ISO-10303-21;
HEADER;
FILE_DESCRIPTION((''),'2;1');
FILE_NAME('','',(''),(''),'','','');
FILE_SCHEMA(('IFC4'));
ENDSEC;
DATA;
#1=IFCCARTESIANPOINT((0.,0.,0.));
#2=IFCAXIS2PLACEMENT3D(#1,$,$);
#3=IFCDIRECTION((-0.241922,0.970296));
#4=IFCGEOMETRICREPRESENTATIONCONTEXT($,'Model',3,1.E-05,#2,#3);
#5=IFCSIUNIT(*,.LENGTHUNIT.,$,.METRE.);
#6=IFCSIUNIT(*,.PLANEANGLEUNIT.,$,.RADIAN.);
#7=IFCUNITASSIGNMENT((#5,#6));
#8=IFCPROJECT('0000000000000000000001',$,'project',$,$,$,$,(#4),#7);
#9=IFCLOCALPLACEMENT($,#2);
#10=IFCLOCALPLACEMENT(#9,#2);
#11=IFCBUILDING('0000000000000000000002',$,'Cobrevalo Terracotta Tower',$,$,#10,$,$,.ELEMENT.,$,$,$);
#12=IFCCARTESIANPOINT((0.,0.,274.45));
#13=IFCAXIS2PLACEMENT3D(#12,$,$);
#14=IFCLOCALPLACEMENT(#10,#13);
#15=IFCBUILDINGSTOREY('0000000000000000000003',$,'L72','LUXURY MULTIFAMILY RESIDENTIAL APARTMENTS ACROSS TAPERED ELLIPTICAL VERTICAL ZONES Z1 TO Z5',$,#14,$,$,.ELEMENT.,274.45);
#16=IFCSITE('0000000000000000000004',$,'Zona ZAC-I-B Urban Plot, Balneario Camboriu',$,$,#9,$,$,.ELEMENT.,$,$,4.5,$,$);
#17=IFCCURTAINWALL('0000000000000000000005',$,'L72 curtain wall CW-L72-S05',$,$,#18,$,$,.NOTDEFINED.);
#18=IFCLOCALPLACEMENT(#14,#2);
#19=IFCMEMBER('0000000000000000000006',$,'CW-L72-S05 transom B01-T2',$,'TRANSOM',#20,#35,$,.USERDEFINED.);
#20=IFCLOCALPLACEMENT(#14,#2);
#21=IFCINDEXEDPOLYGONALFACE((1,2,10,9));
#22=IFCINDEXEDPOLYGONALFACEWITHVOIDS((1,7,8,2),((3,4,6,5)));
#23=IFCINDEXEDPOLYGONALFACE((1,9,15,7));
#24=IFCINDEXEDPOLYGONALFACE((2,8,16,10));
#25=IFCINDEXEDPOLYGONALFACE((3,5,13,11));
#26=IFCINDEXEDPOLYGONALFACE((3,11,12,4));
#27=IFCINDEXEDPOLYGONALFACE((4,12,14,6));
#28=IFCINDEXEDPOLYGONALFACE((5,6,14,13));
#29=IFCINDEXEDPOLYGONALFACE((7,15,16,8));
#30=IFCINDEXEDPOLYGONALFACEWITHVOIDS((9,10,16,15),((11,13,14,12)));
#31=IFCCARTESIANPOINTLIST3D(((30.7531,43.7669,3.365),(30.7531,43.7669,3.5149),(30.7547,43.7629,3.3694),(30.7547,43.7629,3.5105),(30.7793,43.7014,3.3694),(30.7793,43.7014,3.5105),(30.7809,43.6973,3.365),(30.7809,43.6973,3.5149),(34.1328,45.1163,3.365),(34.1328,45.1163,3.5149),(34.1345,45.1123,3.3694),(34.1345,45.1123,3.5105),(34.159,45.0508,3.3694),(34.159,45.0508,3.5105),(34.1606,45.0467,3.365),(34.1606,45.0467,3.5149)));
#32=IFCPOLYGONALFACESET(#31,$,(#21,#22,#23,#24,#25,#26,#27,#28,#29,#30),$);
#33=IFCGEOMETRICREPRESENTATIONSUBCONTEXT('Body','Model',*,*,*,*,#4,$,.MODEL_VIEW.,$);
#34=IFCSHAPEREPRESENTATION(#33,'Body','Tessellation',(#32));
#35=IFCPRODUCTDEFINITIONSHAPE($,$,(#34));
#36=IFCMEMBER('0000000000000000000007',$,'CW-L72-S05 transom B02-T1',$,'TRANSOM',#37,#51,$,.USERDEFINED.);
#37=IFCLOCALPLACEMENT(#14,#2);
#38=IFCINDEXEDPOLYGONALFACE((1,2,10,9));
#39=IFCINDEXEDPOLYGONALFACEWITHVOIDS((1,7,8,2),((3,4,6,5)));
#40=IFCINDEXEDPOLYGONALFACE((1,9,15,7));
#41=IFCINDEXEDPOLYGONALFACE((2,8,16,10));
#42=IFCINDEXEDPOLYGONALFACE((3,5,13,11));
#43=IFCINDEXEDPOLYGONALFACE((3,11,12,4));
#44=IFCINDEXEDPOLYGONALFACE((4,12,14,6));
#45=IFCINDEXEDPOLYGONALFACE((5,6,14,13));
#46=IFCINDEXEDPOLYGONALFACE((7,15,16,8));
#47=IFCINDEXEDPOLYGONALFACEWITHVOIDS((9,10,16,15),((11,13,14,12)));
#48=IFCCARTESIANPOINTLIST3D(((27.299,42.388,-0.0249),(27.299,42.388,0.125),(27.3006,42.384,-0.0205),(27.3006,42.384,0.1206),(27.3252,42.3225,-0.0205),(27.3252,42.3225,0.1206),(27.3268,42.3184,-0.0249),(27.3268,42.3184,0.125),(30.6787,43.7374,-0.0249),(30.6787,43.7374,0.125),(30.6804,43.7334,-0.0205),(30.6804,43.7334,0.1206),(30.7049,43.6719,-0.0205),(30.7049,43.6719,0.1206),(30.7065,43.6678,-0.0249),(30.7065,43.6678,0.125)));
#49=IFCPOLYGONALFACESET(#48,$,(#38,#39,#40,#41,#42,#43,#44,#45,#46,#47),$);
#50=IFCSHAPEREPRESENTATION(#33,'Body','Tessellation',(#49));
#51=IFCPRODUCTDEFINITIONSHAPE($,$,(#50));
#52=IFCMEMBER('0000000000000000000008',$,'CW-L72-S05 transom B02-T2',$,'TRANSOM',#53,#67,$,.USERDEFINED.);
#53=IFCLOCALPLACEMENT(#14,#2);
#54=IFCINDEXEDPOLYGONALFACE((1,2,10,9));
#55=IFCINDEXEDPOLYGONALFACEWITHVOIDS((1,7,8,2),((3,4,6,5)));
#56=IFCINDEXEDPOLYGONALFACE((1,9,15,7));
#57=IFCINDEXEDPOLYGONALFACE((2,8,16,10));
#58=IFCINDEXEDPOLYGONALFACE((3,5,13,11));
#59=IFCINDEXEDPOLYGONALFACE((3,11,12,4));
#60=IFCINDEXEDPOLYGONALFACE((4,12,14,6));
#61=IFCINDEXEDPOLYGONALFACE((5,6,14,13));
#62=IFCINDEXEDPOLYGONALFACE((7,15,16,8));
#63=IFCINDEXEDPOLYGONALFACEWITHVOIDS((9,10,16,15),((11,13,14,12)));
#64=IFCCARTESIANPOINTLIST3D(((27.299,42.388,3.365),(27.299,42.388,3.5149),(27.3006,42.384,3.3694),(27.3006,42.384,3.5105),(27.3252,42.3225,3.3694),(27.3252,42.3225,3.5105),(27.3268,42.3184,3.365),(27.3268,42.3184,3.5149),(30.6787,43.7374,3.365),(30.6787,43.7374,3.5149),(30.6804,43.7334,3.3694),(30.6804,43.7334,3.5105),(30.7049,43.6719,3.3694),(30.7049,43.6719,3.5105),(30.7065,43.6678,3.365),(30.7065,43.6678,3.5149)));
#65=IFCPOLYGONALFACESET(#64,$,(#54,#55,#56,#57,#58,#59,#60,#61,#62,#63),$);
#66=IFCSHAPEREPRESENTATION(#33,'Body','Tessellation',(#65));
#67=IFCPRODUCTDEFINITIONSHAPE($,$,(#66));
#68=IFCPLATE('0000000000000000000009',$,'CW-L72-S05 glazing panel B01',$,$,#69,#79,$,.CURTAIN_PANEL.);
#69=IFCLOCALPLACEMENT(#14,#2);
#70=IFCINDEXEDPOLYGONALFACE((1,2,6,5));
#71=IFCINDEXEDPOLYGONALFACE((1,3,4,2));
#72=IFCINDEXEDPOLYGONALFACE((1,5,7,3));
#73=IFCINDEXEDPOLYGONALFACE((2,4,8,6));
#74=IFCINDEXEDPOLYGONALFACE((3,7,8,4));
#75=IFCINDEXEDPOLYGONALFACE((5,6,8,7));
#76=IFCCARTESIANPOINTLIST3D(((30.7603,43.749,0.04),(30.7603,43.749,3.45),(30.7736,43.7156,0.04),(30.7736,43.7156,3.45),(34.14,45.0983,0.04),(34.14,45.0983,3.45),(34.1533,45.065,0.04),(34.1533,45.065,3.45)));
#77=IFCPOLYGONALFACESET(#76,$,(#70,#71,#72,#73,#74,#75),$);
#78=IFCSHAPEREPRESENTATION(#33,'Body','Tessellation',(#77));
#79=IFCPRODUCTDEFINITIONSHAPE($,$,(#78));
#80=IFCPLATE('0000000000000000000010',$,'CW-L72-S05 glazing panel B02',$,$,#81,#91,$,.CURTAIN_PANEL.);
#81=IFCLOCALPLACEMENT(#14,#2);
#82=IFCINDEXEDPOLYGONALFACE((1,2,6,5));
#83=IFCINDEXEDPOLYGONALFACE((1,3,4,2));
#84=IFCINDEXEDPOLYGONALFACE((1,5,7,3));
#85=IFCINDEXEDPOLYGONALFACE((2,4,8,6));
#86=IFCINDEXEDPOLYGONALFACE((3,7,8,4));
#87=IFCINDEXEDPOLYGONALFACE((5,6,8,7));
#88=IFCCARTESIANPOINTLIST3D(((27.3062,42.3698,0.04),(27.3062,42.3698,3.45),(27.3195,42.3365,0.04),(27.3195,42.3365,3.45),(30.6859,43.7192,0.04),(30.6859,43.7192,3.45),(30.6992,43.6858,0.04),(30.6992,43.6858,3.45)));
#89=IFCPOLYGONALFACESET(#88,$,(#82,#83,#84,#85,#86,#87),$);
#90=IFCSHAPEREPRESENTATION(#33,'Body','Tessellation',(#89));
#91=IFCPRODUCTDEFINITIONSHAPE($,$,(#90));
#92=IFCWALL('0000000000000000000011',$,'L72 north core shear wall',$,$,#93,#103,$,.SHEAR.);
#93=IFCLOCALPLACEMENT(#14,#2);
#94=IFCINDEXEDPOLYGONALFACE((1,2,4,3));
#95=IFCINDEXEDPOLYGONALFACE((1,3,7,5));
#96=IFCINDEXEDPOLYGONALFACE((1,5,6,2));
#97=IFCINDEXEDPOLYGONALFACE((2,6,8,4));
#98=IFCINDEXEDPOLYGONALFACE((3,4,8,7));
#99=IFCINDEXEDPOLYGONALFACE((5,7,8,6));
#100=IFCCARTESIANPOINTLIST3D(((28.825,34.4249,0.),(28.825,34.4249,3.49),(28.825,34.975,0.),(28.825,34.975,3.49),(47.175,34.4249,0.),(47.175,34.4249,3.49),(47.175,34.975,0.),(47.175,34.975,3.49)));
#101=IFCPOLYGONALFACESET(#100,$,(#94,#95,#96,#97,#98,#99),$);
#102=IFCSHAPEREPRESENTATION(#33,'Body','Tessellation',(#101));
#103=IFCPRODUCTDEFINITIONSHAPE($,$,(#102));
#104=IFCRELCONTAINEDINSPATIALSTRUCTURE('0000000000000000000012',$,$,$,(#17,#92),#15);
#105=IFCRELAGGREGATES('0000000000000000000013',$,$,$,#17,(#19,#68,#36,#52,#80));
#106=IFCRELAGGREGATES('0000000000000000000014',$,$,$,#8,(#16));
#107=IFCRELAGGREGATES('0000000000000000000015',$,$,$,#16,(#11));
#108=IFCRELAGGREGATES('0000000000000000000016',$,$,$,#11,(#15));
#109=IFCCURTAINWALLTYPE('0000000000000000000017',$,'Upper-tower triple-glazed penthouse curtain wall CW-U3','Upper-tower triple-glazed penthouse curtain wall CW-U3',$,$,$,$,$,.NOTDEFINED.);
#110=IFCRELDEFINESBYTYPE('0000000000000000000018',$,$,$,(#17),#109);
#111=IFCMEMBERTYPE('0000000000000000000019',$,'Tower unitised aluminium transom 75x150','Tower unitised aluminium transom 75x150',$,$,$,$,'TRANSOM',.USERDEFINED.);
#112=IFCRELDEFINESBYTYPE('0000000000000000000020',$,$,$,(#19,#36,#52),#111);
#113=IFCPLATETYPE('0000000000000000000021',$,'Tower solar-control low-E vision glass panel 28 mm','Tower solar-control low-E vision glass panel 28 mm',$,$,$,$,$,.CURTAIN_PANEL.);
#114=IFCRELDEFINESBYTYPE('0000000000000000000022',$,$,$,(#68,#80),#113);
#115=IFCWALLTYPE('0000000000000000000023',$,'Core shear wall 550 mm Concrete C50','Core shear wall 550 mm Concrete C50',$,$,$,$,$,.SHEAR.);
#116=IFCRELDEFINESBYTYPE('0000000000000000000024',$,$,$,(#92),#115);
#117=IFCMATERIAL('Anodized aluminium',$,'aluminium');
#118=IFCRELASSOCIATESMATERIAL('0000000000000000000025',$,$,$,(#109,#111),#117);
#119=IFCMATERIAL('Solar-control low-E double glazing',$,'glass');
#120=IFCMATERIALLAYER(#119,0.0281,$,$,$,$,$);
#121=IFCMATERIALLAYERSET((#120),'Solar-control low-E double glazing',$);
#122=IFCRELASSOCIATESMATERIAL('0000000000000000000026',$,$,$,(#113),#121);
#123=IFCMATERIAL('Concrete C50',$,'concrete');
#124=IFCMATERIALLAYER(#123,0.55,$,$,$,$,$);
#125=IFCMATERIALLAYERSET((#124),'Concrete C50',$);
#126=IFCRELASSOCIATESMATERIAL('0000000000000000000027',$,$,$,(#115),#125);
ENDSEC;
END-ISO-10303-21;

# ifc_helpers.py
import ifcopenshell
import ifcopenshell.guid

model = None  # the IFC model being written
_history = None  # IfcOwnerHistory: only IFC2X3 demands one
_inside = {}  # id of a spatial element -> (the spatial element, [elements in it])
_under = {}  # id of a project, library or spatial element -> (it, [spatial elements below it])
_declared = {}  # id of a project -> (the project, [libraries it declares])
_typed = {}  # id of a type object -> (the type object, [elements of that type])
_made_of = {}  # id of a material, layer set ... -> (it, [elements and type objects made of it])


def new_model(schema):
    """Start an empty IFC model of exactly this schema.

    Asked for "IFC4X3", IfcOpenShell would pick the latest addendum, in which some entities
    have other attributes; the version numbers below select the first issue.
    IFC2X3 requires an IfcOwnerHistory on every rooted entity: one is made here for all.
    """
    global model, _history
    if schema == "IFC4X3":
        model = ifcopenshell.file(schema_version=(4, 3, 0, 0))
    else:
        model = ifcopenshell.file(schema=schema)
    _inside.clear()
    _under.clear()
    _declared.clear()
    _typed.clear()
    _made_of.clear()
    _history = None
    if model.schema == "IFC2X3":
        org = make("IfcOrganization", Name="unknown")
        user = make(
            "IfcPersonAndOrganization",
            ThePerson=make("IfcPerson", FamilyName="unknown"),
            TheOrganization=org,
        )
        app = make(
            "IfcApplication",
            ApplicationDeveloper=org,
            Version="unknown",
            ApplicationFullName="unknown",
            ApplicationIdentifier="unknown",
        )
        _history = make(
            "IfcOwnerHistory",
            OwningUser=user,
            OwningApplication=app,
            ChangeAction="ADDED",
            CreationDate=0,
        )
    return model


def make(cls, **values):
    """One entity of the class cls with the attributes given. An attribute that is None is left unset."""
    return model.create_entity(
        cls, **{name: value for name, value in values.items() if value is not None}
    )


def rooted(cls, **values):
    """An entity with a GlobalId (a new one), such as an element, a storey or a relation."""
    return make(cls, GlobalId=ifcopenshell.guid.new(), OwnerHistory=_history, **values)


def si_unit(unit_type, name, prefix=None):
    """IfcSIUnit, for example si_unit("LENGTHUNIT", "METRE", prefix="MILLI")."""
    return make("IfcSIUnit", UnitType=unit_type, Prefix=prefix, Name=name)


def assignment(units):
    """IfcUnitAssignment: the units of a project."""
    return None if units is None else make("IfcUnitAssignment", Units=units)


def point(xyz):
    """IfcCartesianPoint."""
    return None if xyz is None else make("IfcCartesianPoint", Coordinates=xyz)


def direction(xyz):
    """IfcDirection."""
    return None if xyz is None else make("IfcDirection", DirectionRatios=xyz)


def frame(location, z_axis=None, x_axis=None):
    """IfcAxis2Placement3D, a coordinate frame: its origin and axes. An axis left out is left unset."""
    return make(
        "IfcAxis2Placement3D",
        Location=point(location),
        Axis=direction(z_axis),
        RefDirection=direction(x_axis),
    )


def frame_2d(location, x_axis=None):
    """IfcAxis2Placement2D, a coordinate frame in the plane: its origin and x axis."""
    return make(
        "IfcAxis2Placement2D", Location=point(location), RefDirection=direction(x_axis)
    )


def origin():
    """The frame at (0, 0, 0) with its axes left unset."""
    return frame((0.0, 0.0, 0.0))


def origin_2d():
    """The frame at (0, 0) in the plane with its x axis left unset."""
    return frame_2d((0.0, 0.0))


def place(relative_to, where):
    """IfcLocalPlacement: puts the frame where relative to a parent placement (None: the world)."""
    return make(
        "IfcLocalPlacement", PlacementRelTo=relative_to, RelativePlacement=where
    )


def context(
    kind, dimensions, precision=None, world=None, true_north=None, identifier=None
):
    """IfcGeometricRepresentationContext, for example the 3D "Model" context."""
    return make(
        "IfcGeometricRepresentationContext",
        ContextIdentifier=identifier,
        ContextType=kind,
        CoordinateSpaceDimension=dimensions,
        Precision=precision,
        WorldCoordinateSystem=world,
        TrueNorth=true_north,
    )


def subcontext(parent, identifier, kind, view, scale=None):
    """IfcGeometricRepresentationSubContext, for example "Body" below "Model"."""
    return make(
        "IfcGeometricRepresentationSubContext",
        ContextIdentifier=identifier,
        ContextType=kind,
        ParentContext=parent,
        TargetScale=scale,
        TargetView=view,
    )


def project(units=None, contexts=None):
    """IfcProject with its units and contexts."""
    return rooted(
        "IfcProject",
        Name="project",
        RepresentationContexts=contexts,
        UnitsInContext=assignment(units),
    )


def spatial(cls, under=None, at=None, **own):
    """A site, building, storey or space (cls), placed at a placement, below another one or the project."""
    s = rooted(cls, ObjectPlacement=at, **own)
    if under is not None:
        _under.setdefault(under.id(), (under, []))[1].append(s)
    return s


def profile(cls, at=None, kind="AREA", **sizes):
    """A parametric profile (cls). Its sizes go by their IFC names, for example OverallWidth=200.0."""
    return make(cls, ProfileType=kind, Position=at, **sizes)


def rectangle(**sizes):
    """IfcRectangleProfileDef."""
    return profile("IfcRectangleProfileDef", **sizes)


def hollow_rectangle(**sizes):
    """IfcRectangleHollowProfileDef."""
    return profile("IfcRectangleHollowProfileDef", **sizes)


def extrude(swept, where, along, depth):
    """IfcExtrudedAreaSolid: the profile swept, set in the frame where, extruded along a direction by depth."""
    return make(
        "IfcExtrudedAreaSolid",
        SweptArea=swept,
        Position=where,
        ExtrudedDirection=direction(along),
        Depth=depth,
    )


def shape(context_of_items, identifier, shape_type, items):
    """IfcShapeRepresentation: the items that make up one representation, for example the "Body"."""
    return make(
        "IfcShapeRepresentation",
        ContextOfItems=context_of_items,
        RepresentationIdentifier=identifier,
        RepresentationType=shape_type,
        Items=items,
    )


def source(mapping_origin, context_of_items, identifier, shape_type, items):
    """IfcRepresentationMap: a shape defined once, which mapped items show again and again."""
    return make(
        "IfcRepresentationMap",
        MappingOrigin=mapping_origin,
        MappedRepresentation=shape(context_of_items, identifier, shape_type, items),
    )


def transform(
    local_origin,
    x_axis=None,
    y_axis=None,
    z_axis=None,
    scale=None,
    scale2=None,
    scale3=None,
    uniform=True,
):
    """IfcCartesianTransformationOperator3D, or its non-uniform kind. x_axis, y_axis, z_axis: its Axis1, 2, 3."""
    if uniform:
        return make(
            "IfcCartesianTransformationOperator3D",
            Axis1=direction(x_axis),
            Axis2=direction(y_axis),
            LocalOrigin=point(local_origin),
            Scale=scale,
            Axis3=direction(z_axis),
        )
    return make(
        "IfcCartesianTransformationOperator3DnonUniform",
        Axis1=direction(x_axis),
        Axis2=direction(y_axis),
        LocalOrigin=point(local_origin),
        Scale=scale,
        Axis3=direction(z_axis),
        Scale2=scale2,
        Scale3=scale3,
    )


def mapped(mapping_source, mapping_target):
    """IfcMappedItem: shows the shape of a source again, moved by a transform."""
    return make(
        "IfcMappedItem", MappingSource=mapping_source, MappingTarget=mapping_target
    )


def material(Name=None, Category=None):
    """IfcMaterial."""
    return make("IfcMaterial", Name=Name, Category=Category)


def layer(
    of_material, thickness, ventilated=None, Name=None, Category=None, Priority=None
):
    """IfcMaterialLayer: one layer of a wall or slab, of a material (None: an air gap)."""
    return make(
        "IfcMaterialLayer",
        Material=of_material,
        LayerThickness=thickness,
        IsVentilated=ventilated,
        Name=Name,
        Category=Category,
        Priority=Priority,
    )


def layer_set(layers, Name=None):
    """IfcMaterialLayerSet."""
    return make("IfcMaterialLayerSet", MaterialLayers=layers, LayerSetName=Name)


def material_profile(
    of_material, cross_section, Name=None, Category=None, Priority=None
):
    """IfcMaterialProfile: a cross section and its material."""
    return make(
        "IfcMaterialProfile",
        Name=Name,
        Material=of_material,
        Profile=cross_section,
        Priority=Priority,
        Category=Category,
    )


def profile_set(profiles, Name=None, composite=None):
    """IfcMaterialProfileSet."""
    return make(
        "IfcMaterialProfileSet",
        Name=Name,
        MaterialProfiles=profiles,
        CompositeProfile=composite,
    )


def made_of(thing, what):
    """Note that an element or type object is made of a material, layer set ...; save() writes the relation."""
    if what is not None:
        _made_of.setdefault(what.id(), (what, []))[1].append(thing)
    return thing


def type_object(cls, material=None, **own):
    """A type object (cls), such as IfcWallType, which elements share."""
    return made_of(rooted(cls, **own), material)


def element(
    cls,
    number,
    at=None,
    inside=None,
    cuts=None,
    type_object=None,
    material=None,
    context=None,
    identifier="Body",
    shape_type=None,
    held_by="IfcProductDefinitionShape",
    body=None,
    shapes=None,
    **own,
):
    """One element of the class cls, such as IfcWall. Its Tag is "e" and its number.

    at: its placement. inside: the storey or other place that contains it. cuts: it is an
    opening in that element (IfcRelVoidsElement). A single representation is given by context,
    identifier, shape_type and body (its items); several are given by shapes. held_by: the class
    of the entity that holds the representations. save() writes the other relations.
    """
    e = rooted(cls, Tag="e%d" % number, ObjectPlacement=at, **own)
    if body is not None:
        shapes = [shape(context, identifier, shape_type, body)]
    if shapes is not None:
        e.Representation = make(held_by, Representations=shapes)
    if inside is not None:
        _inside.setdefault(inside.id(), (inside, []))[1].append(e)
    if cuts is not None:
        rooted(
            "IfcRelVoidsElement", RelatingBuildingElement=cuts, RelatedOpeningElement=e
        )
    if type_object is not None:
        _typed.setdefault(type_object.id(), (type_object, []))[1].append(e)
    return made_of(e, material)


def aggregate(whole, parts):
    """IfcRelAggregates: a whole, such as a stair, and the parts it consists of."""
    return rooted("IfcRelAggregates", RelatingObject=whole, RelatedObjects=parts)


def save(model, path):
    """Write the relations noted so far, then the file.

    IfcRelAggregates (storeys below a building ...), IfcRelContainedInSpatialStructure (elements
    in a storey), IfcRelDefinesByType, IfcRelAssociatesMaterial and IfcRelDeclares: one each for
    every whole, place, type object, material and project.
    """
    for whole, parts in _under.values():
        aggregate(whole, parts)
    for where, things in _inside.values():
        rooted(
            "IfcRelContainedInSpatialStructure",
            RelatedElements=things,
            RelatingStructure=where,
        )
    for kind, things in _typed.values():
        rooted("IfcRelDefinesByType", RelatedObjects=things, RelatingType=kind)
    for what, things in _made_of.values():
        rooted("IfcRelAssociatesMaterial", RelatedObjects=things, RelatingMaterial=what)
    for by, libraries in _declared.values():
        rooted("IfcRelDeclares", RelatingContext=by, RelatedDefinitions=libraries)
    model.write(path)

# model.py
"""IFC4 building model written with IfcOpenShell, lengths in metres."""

from ifc_helpers import new_model, si_unit, direction, frame, frame_2d, origin, origin_2d, place, context, subcontext, project, spatial, rectangle, hollow_rectangle, extrude, source, transform, mapped, material, layer, layer_set, material_profile, profile_set, type_object, element, aggregate, save


model = new_model("IFC4")

# Units and contexts
model_context = context("Model", 3, precision=1e-05, world=origin(), true_north=direction((-0.241922, 0.970296)))
body_context = subcontext(model_context, "Body", "Model", "MODEL_VIEW")
ifc_project = project(units=[si_unit("LENGTHUNIT", "METRE"), si_unit("PLANEANGLEUNIT", "RADIAN")], contexts=[model_context])

# Site, building, storey
site_placement = place(None, origin())
site = spatial("IfcSite", under=ifc_project, at=site_placement, Name="Zona ZAC-I-B Urban Plot, Balneario Camboriu", CompositionType="ELEMENT", RefElevation=4.5)
building_placement = place(site_placement, origin())
building = spatial("IfcBuilding", under=site, at=building_placement, Name="Cobrevalo Terracotta Tower", CompositionType="ELEMENT")
storey_placement = place(building_placement, frame((0.0, 0.0, 274.45)))
storey = spatial("IfcBuildingStorey", under=building, at=storey_placement, Name="L72", Description="LUXURY MULTIFAMILY RESIDENTIAL APARTMENTS ACROSS TAPERED ELLIPTICAL VERTICAL ZONES Z1 TO Z5", CompositionType="ELEMENT", Elevation=274.45)

# Shared definitions
ifc_material_1 = material(Name="Concrete C50", Category="concrete")

# Curtain wall
ifc_material_2 = material(Name="Anodized aluminium", Category="aluminium")
curtain_wall_type = type_object("IfcCurtainWallType", Name="Upper-tower triple-glazed penthouse curtain wall CW-U3", Description="Upper-tower triple-glazed penthouse curtain wall CW-U3", PredefinedType="NOTDEFINED", material=ifc_material_2)
curtain_wall_1_placement = place(storey_placement, origin())
curtain_wall_1 = element("IfcCurtainWall", 1, at=curtain_wall_1_placement, inside=storey, type_object=curtain_wall_type, Name="L72 curtain wall CW-L72-S05", PredefinedType="NOTDEFINED")

# Members
ifc_material_profile_1 = material_profile(ifc_material_2, hollow_rectangle(XDim=0.075, YDim=0.1499, WallThickness=0.0044, at=origin_2d()), Name="CWT 75x150")
ifc_profile_set_1 = profile_set([ifc_material_profile_1], Name="Anodized aluminium")
member_type_1 = type_object("IfcMemberType", Name="Tower unitised aluminium transom 75x150", Description="Tower unitised aluminium transom 75x150", ElementType="TRANSOM", PredefinedType="USERDEFINED", material=ifc_profile_set_1)
shared_shape_1 = source(origin(), body_context, "Body", "SweptSolid", [
    extrude(hollow_rectangle(XDim=0.075, YDim=0.1499, WallThickness=0.0044, at=origin_2d()), origin(), (0.0, 0.0, 1.0), 3.6392),
])
member_1_placement = place(storey_placement, frame((34.1467, 45.0815, 3.4399), z_axis=(-0.928712, -0.370801, 0.0), x_axis=(0.370801, -0.928712, 0.0)))
member_1 = element("IfcMember", 2, at=member_1_placement, type_object=member_type_1, Name="CW-L72-S05 transom B01-T2", ObjectType="TRANSOM", PredefinedType="USERDEFINED", context=body_context, shape_type="MappedRepresentation", body=[
    mapped(shared_shape_1, transform((0.0, 0.0, 0.0), scale=1.0)),
])
member_2_placement = place(storey_placement, frame((30.6926, 43.7026, 0.05), z_axis=(-0.928712, -0.370801, 0.0), x_axis=(0.370801, -0.928712, 0.0)))
member_2 = element("IfcMember", 3, at=member_2_placement, type_object=member_type_1, Name="CW-L72-S05 transom B02-T1", ObjectType="TRANSOM", PredefinedType="USERDEFINED", context=body_context, shape_type="MappedRepresentation", body=[
    mapped(shared_shape_1, transform((0.0, 0.0, 0.0), scale=1.0)),
])
member_3_placement = place(storey_placement, frame((30.6926, 43.7026, 3.4399), z_axis=(-0.928712, -0.370801, 0.0), x_axis=(0.370801, -0.928712, 0.0)))
member_3 = element("IfcMember", 4, at=member_3_placement, type_object=member_type_1, Name="CW-L72-S05 transom B02-T2", ObjectType="TRANSOM", PredefinedType="USERDEFINED", context=body_context, shape_type="MappedRepresentation", body=[
    mapped(shared_shape_1, transform((0.0, 0.0, 0.0), scale=1.0)),
])

# Plates
ifc_material_3 = material(Name="Solar-control low-E double glazing", Category="glass")
ifc_layer_1 = layer(ifc_material_3, 0.0281)
ifc_layer_set_1 = layer_set([ifc_layer_1], Name="Solar-control low-E double glazing")
plate_type = type_object("IfcPlateType", Name="Tower solar-control low-E vision glass panel 28 mm", Description="Tower solar-control low-E vision glass panel 28 mm", PredefinedType="CURTAIN_PANEL", material=ifc_layer_set_1)
shared_shape_2 = source(origin(), body_context, "Body", "SweptSolid", [
    extrude(rectangle(XDim=3.6392, YDim=0.0359, at=origin_2d()), origin(), (0.0, 0.0, 1.0), 3.4099),
])
plate_1_placement = place(storey_placement, frame((32.4568, 44.407, 0.04), z_axis=(0.0, 0.0, 1.0), x_axis=(-0.928718, -0.370786, 0.0)))
plate_1 = element("IfcPlate", 5, at=plate_1_placement, type_object=plate_type, Name="CW-L72-S05 glazing panel B01", PredefinedType="CURTAIN_PANEL", context=body_context, shape_type="MappedRepresentation", body=[
    mapped(shared_shape_2, transform((0.0, 0.0, 0.0), scale=1.0)),
])
plate_2_placement = place(storey_placement, frame((29.0027, 43.0278, 0.04), z_axis=(0.0, 0.0, 1.0), x_axis=(-0.928718, -0.370786, 0.0)))
plate_2 = element("IfcPlate", 6, at=plate_2_placement, type_object=plate_type, Name="CW-L72-S05 glazing panel B02", PredefinedType="CURTAIN_PANEL", context=body_context, shape_type="MappedRepresentation", body=[
    mapped(shared_shape_2, transform((0.0, 0.0, 0.0), scale=1.0)),
])
aggregate(curtain_wall_1, [member_1, plate_1, member_2, member_3, plate_2])

# Wall
ifc_layer_2 = layer(ifc_material_1, 0.55)
ifc_layer_set_2 = layer_set([ifc_layer_2], Name="Concrete C50")
wall_type_1 = type_object("IfcWallType", Name="Core shear wall 550 mm Concrete C50", Description="Core shear wall 550 mm Concrete C50", PredefinedType="SHEAR", material=ifc_layer_set_2)
wall_1_placement = place(storey_placement, frame((28.825, 34.7, 0.0), z_axis=(0.0, 0.0, 1.0), x_axis=(1.0, 0.0, 0.0)))
element("IfcWall", 7, at=wall_1_placement, inside=storey, type_object=wall_type_1, Name="L72 north core shear wall", PredefinedType="SHEAR", context=body_context, shape_type="SweptSolid", body=[
    extrude(rectangle(XDim=18.3501, YDim=0.55, at=frame_2d((9.175, 0.0))), origin(), (0.0, 0.0, 1.0), 3.49),
])

save(model, "model.ifc")
